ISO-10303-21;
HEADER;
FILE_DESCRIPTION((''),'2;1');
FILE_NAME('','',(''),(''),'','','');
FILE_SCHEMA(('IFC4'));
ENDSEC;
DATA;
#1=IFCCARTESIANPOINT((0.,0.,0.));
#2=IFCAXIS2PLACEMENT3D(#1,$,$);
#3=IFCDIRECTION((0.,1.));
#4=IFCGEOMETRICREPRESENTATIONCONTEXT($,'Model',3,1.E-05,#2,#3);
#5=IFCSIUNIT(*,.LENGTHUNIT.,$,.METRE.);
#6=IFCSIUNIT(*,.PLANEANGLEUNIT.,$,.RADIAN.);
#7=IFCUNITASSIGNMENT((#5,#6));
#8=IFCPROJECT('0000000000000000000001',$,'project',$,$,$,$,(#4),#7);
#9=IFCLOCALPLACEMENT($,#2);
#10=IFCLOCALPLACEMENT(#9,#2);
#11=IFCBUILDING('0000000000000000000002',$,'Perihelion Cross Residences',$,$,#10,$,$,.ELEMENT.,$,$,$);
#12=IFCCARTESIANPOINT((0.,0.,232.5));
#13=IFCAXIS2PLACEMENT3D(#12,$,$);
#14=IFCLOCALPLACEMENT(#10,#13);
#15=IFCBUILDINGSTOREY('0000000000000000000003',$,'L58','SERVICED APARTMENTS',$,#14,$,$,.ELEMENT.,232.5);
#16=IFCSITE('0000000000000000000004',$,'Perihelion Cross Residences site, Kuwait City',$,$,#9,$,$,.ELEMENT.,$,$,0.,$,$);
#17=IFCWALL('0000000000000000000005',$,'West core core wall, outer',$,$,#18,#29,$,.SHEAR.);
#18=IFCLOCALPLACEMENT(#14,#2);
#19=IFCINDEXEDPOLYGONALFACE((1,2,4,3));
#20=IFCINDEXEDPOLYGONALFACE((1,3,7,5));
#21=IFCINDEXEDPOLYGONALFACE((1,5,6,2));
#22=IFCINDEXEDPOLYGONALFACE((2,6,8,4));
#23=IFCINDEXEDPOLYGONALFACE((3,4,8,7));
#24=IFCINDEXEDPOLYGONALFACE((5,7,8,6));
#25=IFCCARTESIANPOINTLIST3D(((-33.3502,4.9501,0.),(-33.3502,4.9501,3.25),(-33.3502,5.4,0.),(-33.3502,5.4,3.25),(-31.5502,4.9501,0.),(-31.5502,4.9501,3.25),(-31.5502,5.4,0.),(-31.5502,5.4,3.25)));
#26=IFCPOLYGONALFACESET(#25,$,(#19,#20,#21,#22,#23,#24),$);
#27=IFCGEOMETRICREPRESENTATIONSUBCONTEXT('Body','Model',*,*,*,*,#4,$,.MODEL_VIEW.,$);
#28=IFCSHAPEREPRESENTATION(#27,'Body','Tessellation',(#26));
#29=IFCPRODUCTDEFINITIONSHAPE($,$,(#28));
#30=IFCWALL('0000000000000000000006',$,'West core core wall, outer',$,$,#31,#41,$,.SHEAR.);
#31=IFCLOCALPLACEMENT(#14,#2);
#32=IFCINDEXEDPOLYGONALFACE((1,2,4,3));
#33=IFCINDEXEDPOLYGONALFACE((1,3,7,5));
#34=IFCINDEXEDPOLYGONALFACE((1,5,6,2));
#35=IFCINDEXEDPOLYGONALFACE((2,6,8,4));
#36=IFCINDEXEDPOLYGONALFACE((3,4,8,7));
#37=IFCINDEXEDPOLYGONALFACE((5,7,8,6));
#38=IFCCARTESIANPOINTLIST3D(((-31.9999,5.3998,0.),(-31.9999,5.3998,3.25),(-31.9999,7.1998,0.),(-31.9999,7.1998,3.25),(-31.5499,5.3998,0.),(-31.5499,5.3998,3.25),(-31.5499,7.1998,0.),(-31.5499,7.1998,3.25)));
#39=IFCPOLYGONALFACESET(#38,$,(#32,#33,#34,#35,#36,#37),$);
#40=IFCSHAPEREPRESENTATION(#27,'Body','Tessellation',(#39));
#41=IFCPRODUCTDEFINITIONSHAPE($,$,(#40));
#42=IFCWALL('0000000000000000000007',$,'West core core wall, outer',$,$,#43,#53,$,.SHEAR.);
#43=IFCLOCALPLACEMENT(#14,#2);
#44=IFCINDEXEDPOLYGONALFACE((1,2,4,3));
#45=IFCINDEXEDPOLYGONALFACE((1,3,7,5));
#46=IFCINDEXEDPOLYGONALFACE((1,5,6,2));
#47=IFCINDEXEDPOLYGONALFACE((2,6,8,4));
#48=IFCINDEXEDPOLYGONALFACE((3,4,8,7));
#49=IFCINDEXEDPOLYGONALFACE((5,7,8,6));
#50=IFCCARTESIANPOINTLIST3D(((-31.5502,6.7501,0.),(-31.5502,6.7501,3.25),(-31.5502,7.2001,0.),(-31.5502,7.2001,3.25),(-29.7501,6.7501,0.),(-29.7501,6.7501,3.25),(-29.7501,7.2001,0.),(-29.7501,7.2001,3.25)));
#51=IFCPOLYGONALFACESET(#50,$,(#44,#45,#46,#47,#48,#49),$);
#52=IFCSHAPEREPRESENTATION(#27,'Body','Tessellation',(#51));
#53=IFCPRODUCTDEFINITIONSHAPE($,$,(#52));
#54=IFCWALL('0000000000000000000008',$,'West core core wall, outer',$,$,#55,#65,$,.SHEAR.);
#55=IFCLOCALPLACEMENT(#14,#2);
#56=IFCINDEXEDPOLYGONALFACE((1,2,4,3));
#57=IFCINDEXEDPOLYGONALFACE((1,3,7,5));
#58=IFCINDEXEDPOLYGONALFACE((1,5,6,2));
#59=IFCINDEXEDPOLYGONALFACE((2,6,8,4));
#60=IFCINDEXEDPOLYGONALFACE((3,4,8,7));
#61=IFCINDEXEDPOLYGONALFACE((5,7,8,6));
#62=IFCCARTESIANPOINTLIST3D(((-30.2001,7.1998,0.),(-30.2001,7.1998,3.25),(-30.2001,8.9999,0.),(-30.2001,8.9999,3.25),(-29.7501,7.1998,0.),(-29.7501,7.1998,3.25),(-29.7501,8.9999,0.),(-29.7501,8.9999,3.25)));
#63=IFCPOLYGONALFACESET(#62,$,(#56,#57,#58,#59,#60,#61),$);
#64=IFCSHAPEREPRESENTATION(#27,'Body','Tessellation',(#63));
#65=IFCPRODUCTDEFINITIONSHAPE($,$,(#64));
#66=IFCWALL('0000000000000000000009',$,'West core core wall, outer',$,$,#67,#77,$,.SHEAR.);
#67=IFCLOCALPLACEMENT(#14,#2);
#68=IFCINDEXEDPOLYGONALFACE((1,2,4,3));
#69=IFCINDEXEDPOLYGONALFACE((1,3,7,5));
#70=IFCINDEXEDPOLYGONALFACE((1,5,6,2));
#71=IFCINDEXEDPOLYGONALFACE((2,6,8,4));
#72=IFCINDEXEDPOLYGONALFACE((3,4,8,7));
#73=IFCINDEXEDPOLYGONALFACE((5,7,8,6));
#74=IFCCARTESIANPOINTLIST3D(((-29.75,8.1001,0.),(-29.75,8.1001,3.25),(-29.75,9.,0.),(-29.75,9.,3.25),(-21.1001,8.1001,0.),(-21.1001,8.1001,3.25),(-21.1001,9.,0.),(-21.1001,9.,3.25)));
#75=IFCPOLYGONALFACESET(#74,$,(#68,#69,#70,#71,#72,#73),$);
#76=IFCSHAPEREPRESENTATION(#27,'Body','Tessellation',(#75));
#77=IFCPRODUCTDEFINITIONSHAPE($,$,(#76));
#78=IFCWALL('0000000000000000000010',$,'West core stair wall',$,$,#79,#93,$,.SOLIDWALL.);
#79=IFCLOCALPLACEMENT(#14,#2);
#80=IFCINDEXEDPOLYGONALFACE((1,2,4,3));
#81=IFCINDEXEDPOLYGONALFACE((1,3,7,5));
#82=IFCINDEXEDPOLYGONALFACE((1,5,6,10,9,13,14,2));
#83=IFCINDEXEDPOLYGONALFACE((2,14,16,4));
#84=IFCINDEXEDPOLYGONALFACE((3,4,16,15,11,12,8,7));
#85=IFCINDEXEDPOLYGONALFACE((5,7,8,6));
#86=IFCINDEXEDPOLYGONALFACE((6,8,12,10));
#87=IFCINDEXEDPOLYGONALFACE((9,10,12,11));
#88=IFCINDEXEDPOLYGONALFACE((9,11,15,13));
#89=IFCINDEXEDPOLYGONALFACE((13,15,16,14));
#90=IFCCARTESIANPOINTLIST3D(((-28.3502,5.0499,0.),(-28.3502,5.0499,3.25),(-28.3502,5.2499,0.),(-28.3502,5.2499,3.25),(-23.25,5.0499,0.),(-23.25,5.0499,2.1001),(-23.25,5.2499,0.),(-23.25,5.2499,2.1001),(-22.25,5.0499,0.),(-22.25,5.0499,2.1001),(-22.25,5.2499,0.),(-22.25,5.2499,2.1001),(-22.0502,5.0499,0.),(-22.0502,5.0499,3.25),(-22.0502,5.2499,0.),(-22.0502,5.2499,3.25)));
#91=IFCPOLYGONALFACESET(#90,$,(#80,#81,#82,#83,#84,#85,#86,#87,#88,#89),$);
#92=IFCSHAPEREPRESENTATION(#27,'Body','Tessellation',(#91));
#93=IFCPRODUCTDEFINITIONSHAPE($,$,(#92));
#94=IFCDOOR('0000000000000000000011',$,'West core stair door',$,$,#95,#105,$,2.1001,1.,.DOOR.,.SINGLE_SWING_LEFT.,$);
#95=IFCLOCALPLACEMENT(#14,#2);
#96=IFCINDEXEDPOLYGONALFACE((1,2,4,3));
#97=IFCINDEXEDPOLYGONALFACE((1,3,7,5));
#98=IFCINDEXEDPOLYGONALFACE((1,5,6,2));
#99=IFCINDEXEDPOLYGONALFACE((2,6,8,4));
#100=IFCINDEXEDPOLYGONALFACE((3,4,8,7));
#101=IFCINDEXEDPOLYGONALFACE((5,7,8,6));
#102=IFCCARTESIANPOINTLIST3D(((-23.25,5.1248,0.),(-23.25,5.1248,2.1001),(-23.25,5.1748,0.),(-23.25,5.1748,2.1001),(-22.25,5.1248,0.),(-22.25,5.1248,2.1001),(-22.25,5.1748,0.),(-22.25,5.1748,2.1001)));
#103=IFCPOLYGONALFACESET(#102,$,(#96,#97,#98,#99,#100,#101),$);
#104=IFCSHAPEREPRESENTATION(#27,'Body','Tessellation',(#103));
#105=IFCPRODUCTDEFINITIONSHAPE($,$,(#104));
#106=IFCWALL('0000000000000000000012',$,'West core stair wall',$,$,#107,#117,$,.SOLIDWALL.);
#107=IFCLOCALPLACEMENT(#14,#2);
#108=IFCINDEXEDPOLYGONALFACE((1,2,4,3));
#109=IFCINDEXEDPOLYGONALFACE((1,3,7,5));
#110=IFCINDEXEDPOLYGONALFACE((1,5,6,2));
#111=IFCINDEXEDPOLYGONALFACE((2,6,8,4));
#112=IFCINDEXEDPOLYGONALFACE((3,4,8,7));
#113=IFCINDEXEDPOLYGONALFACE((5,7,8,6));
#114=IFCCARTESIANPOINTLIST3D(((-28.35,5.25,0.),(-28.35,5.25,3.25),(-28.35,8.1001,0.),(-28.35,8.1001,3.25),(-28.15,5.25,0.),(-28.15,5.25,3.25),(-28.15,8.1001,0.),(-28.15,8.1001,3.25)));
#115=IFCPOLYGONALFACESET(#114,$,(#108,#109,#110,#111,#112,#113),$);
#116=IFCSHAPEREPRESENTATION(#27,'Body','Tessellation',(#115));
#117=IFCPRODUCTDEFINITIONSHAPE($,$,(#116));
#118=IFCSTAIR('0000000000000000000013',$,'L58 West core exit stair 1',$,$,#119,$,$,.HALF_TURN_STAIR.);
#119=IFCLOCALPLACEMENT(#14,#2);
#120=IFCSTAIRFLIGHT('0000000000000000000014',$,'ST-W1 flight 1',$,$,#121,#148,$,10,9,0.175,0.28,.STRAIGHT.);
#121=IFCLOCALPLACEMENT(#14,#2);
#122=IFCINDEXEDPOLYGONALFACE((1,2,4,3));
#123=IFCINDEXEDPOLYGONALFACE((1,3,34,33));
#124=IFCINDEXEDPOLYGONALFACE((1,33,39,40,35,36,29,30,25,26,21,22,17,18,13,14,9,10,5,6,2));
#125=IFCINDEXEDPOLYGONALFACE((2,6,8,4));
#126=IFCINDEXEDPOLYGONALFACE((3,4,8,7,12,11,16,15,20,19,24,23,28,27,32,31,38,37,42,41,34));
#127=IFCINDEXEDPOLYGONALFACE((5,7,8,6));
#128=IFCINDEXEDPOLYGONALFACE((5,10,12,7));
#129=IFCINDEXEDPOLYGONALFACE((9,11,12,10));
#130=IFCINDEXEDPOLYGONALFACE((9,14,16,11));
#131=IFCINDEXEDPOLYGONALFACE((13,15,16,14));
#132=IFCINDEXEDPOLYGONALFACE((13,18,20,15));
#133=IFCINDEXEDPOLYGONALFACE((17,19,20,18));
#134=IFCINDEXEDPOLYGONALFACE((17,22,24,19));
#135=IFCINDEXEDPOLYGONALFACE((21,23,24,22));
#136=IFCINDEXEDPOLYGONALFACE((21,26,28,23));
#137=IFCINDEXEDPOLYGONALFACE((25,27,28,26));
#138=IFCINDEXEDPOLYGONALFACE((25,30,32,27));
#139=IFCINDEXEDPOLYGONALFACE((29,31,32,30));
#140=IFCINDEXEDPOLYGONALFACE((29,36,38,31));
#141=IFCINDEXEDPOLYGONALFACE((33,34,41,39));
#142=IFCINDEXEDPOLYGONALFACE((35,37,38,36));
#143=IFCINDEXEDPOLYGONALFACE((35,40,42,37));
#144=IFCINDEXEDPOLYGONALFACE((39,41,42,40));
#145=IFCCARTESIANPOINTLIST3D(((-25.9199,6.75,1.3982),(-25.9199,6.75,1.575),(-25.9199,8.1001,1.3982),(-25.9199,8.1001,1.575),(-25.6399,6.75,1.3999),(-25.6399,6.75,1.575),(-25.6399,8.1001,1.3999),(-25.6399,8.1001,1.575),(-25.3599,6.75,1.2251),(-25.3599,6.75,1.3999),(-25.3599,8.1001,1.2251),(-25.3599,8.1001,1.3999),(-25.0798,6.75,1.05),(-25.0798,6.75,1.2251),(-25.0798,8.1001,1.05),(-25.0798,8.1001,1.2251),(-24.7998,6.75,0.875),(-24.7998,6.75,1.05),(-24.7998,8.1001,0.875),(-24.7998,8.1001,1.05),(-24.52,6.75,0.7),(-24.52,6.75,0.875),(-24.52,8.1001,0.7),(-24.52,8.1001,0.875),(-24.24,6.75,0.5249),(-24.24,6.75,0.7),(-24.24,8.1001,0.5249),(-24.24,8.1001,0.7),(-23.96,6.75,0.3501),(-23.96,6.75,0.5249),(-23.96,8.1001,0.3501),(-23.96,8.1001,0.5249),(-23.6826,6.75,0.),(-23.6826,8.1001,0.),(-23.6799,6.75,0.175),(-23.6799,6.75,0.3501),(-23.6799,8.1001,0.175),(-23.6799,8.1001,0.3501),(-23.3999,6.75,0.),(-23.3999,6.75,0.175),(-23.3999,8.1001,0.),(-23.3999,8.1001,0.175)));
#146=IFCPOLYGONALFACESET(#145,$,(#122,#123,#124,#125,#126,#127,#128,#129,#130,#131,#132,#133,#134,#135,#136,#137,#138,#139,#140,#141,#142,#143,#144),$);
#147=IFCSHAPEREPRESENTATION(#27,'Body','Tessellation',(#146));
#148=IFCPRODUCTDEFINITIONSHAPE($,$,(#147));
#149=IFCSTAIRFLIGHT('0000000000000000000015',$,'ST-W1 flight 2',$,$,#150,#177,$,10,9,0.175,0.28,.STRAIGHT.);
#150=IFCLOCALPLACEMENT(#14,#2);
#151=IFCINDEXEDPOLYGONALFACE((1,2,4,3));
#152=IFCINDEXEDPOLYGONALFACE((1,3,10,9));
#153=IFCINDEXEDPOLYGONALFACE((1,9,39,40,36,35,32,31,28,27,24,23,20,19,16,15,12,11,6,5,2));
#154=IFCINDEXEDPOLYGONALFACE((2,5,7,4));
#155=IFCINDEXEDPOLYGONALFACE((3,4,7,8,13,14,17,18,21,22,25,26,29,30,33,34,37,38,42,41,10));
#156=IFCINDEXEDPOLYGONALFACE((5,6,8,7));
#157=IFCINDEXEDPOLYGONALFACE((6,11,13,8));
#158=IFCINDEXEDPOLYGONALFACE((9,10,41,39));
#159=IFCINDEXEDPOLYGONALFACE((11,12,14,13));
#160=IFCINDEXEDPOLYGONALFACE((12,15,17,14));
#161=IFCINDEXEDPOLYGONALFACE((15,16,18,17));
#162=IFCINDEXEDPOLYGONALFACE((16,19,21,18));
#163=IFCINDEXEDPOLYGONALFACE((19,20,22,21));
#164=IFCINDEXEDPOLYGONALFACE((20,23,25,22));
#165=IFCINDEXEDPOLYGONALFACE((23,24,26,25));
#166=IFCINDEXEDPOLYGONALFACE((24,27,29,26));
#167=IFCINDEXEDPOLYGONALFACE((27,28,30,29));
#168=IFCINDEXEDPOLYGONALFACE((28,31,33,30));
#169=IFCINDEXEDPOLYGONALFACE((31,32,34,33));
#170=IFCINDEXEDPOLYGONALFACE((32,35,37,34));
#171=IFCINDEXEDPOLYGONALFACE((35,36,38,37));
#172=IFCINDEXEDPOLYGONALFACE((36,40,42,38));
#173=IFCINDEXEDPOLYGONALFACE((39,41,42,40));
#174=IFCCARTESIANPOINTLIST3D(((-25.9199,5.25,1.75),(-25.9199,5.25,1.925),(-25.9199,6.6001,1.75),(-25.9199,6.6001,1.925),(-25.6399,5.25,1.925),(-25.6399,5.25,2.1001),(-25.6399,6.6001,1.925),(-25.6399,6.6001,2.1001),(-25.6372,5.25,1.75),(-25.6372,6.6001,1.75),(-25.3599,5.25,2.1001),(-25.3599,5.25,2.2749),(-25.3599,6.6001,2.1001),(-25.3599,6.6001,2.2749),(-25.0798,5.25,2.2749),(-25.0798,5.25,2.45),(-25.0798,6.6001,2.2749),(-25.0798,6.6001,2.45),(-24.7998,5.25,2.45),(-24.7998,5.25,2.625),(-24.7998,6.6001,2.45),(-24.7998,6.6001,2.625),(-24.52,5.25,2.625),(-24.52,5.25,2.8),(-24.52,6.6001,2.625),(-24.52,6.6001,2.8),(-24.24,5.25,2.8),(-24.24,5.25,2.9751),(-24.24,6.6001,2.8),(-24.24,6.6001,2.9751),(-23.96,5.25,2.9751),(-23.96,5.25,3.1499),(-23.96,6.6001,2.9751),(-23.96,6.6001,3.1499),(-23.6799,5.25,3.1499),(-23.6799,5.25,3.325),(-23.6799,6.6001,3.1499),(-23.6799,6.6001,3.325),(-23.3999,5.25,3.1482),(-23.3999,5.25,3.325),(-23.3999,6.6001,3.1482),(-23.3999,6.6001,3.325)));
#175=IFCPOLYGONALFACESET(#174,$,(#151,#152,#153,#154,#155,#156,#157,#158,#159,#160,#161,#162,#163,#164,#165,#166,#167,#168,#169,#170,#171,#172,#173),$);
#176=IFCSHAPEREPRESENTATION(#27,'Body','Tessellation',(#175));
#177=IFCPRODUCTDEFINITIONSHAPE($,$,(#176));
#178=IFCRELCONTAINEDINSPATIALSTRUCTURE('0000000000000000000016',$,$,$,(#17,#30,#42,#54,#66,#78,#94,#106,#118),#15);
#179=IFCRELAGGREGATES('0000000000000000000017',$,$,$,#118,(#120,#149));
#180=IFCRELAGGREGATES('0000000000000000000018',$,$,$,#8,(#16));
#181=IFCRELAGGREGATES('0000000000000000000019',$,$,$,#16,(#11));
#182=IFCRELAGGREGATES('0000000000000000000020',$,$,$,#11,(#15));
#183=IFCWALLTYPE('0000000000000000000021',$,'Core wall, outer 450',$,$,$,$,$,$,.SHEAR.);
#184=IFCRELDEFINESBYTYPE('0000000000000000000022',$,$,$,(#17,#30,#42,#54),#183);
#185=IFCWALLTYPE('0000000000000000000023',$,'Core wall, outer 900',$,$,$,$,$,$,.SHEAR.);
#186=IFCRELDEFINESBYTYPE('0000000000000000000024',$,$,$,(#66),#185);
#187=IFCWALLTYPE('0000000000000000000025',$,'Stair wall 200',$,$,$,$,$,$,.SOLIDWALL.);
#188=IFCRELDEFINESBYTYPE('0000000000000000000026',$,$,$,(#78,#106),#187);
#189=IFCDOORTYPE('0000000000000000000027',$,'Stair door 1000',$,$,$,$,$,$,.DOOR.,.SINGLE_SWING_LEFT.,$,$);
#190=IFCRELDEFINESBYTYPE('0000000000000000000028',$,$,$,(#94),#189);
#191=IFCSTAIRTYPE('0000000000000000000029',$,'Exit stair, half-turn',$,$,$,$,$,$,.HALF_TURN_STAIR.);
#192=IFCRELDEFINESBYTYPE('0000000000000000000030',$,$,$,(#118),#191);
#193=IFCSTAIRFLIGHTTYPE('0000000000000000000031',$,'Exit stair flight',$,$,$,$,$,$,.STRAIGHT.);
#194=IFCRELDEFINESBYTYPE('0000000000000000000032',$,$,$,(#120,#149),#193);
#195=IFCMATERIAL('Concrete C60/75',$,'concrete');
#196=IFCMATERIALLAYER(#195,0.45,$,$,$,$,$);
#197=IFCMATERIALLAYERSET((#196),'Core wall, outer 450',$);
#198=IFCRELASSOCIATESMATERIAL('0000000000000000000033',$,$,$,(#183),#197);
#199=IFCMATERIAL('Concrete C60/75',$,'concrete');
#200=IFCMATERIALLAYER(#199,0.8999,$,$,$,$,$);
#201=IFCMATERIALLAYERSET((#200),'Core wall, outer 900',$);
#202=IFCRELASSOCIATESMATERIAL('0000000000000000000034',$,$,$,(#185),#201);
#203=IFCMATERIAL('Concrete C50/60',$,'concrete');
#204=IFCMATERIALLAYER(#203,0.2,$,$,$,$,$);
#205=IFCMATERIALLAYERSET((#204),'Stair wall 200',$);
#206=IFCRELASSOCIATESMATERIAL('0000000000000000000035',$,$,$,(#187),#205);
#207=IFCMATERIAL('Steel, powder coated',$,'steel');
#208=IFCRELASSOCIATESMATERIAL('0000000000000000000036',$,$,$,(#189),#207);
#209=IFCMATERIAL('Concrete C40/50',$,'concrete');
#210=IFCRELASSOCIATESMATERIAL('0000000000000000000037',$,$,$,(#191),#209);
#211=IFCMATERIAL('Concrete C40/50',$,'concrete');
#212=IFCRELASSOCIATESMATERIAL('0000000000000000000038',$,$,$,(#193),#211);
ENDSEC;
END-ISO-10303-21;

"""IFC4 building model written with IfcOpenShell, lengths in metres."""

from ifc_helpers import new_model, si_unit, direction, frame, frame_2d, origin, place, context, subcontext, project, spatial, polyline, rectangle, outline, extrude, material, layer, layer_set, type_object, element, fill, aggregate, save


model = new_model("IFC4")

# Units and contexts
model_context = context("Model", 3, precision=1e-05, world=origin(), true_north=direction((0.0, 1.0)))
body_context = subcontext(model_context, "Body", "Model", "MODEL_VIEW")
ifc_project = project(units=[si_unit("LENGTHUNIT", "METRE"), si_unit("PLANEANGLEUNIT", "RADIAN")], contexts=[model_context])

# Site, building, storey
site_placement = place(None, origin())
site = spatial("IfcSite", under=ifc_project, at=site_placement, Name="Perihelion Cross Residences site, Kuwait City", CompositionType="ELEMENT", RefElevation=0.0)
building_placement = place(site_placement, origin())
building = spatial("IfcBuilding", under=site, at=building_placement, Name="Perihelion Cross Residences", CompositionType="ELEMENT")
storey_placement = place(building_placement, frame((0.0, 0.0, 232.5)))
storey = spatial("IfcBuildingStorey", under=building, at=storey_placement, Name="L58", Description="SERVICED APARTMENTS", CompositionType="ELEMENT", Elevation=232.5)

# Walls
ifc_material_1 = material(Name="Concrete C60/75", Category="concrete")
ifc_layer_1 = layer(ifc_material_1, 0.45)
ifc_layer_set_1 = layer_set([ifc_layer_1], Name="Core wall, outer 450")
wall_type_1 = type_object("IfcWallType", Name="Core wall, outer 450", PredefinedType="SHEAR", material=ifc_layer_set_1)
for number, where, z_axis, x_axis, name in (
    (1, (-33.3501, 5.175, 0.0), (0.0, 0.0, 1.0), (1.0, 0.0, 0.0), "West core core wall, outer"),
    (2, (-31.7749, 5.3999, 0.0), (0.0, 0.0, 1.0), (0.0, 1.0, 0.0), "West core core wall, outer"),
    (3, (-31.55, 6.9751, 0.0), (0.0, 0.0, 1.0), (1.0, 0.0, 0.0), "West core core wall, outer"),
    (4, (-29.9751, 7.2, 0.0), (0.0, 0.0, 1.0), (0.0, 1.0, 0.0), "West core core wall, outer"),
):
    element("IfcWall", number, at=place(storey_placement, frame(where, z_axis=z_axis, x_axis=x_axis)), inside=storey, type_object=wall_type_1, Name=name, PredefinedType="SHEAR", context=body_context, shape_type="SweptSolid", body=[
        extrude(rectangle(XDim=1.8, YDim=0.45, at=frame_2d((0.8999, 0.0))), origin(), (0.0, 0.0, 1.0), 3.25),
    ])
ifc_material_2 = material(Name="Concrete C60/75", Category="concrete")
ifc_layer_2 = layer(ifc_material_2, 0.8999)
ifc_layer_set_2 = layer_set([ifc_layer_2], Name="Core wall, outer 900")
wall_type_2 = type_object("IfcWallType", Name="Core wall, outer 900", PredefinedType="SHEAR", material=ifc_layer_set_2)
wall_1_placement = place(storey_placement, frame((-29.75, 8.55, 0.0), z_axis=(0.0, 0.0, 1.0), x_axis=(1.0, 0.0, 0.0)))
element("IfcWall", 5, at=wall_1_placement, inside=storey, type_object=wall_type_2, Name="West core core wall, outer", PredefinedType="SHEAR", context=body_context, shape_type="SweptSolid", body=[
    extrude(rectangle(XDim=8.6499, YDim=0.8999, at=frame_2d((4.325, 0.0))), origin(), (0.0, 0.0, 1.0), 3.25),
])

# Wall, opening, door
ifc_material_3 = material(Name="Concrete C50/60", Category="concrete")
ifc_layer_3 = layer(ifc_material_3, 0.2)
ifc_layer_set_3 = layer_set([ifc_layer_3], Name="Stair wall 200")
wall_type_3 = type_object("IfcWallType", Name="Stair wall 200", PredefinedType="SOLIDWALL", material=ifc_layer_set_3)
wall_2_placement = place(storey_placement, frame((-28.3501, 5.1499, 0.0), z_axis=(0.0, 0.0, 1.0), x_axis=(1.0, 0.0, 0.0)))
wall_2 = element("IfcWall", 6, at=wall_2_placement, inside=storey, type_object=wall_type_3, Name="West core stair wall", PredefinedType="SOLIDWALL", context=body_context, shape_type="SweptSolid", body=[
    extrude(rectangle(XDim=6.3, YDim=0.2, at=frame_2d((3.1499, 0.0))), origin(), (0.0, 0.0, 1.0), 3.25),
])
opening_placement = place(wall_2_placement, frame((5.1001, 0.0, 0.0)))
opening = element("IfcOpeningElement", 7, at=opening_placement, cuts=wall_2, PredefinedType="OPENING", context=body_context, shape_type="SweptSolid", body=[
    extrude(rectangle(XDim=1.0, YDim=2.1001, at=frame_2d((0.5, 1.05))), frame((0.0, 0.1099, 0.0), z_axis=(0.0, -1.0, 0.0), x_axis=(1.0, 0.0, 0.0)), (0.0, 0.0, 1.0), 0.22),
])
ifc_material_4 = material(Name="Steel, powder coated", Category="steel")
door_type = type_object("IfcDoorType", Name="Stair door 1000", OperationType="SINGLE_SWING_LEFT", PredefinedType="DOOR", material=ifc_material_4)
door_placement = place(opening_placement, origin())
door = element("IfcDoor", 8, at=door_placement, inside=storey, type_object=door_type, Name="West core stair door", OperationType="SINGLE_SWING_LEFT", OverallHeight=2.1001, OverallWidth=1.0, PredefinedType="DOOR", context=body_context, shape_type="SweptSolid", body=[
    extrude(rectangle(XDim=1.0, YDim=2.1001, at=frame_2d((0.5, 1.05))), frame((0.0, 0.0249, 0.0), z_axis=(0.0, -1.0, 0.0), x_axis=(1.0, 0.0, 0.0)), (0.0, 0.0, 1.0), 0.05),
])
fill(opening, door)

# Wall
wall_3_placement = place(storey_placement, frame((-28.25, 5.25, 0.0), z_axis=(0.0, 0.0, 1.0), x_axis=(0.0, 1.0, 0.0)))
element("IfcWall", 9, at=wall_3_placement, inside=storey, type_object=wall_type_3, Name="West core stair wall", PredefinedType="SOLIDWALL", context=body_context, shape_type="SweptSolid", body=[
    extrude(rectangle(XDim=2.8501, YDim=0.2, at=frame_2d((1.425, 0.0))), origin(), (0.0, 0.0, 1.0), 3.25),
])

# Stair, stair flights
ifc_material_5 = material(Name="Concrete C40/50", Category="concrete")
stair_type = type_object("IfcStairType", Name="Exit stair, half-turn", PredefinedType="HALF_TURN_STAIR", material=ifc_material_5)
stair_placement = place(storey_placement, origin())
stair = element("IfcStair", 10, at=stair_placement, inside=storey, type_object=stair_type, Name="L58 West core exit stair 1", PredefinedType="HALF_TURN_STAIR")
ifc_material_6 = material(Name="Concrete C40/50", Category="concrete")
stair_flight_type = type_object("IfcStairFlightType", Name="Exit stair flight", PredefinedType="STRAIGHT", material=ifc_material_6)
stair_flight_1_placement = place(storey_placement, frame((-23.3999, 7.425, 0.0), z_axis=(0.0, 0.0, 1.0), x_axis=(-1.0, 0.0, 0.0)))
stair_flight_1 = element("IfcStairFlight", 11, at=stair_flight_1_placement, type_object=stair_flight_type, Name="ST-W1 flight 1", NumberOfRisers=10, NumberOfTreads=9, PredefinedType="STRAIGHT", RiserHeight=0.175, TreadLength=0.28, context=body_context, shape_type="SweptSolid", body=[
    extrude(outline(polyline([(0.0, 0.0), (0.0, 0.175), (0.28, 0.175), (0.28, 0.3501), (0.5601, 0.3501), (0.5601, 0.5249), (0.8401, 0.5249), (0.8401, 0.7), (1.1201, 0.7), (1.1201, 0.875), (1.3999, 0.875), (1.3999, 1.05), (1.6799, 1.05), (1.6799, 1.2251), (1.96, 1.2251), (1.96, 1.3999), (2.24, 1.3999), (2.24, 1.575), (2.52, 1.575), (2.52, 1.75), (2.52, 1.3982), (0.2827, 0.0), (0.0, 0.0)])), frame((0.0, 0.675, 0.0), z_axis=(0.0, -1.0, 0.0), x_axis=(1.0, 0.0, 0.0)), (0.0, 0.0, 1.0), 1.3501),
])
stair_flight_2_placement = place(storey_placement, frame((-25.9199, 5.925, 1.75), z_axis=(0.0, 0.0, 1.0), x_axis=(1.0, 0.0, 0.0)))
stair_flight_2 = element("IfcStairFlight", 12, at=stair_flight_2_placement, type_object=stair_flight_type, Name="ST-W1 flight 2", NumberOfRisers=10, NumberOfTreads=9, PredefinedType="STRAIGHT", RiserHeight=0.175, TreadLength=0.28, context=body_context, shape_type="SweptSolid", body=[
    extrude(outline(polyline([(0.0, 0.0), (0.0, 0.175), (0.28, 0.175), (0.28, 0.3501), (0.5601, 0.3501), (0.5601, 0.5249), (0.8401, 0.5249), (0.8401, 0.7), (1.1201, 0.7), (1.1201, 0.875), (1.3999, 0.875), (1.3999, 1.05), (1.6799, 1.05), (1.6799, 1.2251), (1.96, 1.2251), (1.96, 1.3999), (2.24, 1.3999), (2.24, 1.575), (2.52, 1.575), (2.52, 1.75), (2.52, 1.3982), (0.2827, 0.0), (0.0, 0.0)])), frame((0.0, 0.675, 0.0), z_axis=(0.0, -1.0, 0.0), x_axis=(1.0, 0.0, 0.0)), (0.0, 0.0, 1.0), 1.3501),
])
aggregate(stair, [stair_flight_1, stair_flight_2])

save(model, "model.ifc")
